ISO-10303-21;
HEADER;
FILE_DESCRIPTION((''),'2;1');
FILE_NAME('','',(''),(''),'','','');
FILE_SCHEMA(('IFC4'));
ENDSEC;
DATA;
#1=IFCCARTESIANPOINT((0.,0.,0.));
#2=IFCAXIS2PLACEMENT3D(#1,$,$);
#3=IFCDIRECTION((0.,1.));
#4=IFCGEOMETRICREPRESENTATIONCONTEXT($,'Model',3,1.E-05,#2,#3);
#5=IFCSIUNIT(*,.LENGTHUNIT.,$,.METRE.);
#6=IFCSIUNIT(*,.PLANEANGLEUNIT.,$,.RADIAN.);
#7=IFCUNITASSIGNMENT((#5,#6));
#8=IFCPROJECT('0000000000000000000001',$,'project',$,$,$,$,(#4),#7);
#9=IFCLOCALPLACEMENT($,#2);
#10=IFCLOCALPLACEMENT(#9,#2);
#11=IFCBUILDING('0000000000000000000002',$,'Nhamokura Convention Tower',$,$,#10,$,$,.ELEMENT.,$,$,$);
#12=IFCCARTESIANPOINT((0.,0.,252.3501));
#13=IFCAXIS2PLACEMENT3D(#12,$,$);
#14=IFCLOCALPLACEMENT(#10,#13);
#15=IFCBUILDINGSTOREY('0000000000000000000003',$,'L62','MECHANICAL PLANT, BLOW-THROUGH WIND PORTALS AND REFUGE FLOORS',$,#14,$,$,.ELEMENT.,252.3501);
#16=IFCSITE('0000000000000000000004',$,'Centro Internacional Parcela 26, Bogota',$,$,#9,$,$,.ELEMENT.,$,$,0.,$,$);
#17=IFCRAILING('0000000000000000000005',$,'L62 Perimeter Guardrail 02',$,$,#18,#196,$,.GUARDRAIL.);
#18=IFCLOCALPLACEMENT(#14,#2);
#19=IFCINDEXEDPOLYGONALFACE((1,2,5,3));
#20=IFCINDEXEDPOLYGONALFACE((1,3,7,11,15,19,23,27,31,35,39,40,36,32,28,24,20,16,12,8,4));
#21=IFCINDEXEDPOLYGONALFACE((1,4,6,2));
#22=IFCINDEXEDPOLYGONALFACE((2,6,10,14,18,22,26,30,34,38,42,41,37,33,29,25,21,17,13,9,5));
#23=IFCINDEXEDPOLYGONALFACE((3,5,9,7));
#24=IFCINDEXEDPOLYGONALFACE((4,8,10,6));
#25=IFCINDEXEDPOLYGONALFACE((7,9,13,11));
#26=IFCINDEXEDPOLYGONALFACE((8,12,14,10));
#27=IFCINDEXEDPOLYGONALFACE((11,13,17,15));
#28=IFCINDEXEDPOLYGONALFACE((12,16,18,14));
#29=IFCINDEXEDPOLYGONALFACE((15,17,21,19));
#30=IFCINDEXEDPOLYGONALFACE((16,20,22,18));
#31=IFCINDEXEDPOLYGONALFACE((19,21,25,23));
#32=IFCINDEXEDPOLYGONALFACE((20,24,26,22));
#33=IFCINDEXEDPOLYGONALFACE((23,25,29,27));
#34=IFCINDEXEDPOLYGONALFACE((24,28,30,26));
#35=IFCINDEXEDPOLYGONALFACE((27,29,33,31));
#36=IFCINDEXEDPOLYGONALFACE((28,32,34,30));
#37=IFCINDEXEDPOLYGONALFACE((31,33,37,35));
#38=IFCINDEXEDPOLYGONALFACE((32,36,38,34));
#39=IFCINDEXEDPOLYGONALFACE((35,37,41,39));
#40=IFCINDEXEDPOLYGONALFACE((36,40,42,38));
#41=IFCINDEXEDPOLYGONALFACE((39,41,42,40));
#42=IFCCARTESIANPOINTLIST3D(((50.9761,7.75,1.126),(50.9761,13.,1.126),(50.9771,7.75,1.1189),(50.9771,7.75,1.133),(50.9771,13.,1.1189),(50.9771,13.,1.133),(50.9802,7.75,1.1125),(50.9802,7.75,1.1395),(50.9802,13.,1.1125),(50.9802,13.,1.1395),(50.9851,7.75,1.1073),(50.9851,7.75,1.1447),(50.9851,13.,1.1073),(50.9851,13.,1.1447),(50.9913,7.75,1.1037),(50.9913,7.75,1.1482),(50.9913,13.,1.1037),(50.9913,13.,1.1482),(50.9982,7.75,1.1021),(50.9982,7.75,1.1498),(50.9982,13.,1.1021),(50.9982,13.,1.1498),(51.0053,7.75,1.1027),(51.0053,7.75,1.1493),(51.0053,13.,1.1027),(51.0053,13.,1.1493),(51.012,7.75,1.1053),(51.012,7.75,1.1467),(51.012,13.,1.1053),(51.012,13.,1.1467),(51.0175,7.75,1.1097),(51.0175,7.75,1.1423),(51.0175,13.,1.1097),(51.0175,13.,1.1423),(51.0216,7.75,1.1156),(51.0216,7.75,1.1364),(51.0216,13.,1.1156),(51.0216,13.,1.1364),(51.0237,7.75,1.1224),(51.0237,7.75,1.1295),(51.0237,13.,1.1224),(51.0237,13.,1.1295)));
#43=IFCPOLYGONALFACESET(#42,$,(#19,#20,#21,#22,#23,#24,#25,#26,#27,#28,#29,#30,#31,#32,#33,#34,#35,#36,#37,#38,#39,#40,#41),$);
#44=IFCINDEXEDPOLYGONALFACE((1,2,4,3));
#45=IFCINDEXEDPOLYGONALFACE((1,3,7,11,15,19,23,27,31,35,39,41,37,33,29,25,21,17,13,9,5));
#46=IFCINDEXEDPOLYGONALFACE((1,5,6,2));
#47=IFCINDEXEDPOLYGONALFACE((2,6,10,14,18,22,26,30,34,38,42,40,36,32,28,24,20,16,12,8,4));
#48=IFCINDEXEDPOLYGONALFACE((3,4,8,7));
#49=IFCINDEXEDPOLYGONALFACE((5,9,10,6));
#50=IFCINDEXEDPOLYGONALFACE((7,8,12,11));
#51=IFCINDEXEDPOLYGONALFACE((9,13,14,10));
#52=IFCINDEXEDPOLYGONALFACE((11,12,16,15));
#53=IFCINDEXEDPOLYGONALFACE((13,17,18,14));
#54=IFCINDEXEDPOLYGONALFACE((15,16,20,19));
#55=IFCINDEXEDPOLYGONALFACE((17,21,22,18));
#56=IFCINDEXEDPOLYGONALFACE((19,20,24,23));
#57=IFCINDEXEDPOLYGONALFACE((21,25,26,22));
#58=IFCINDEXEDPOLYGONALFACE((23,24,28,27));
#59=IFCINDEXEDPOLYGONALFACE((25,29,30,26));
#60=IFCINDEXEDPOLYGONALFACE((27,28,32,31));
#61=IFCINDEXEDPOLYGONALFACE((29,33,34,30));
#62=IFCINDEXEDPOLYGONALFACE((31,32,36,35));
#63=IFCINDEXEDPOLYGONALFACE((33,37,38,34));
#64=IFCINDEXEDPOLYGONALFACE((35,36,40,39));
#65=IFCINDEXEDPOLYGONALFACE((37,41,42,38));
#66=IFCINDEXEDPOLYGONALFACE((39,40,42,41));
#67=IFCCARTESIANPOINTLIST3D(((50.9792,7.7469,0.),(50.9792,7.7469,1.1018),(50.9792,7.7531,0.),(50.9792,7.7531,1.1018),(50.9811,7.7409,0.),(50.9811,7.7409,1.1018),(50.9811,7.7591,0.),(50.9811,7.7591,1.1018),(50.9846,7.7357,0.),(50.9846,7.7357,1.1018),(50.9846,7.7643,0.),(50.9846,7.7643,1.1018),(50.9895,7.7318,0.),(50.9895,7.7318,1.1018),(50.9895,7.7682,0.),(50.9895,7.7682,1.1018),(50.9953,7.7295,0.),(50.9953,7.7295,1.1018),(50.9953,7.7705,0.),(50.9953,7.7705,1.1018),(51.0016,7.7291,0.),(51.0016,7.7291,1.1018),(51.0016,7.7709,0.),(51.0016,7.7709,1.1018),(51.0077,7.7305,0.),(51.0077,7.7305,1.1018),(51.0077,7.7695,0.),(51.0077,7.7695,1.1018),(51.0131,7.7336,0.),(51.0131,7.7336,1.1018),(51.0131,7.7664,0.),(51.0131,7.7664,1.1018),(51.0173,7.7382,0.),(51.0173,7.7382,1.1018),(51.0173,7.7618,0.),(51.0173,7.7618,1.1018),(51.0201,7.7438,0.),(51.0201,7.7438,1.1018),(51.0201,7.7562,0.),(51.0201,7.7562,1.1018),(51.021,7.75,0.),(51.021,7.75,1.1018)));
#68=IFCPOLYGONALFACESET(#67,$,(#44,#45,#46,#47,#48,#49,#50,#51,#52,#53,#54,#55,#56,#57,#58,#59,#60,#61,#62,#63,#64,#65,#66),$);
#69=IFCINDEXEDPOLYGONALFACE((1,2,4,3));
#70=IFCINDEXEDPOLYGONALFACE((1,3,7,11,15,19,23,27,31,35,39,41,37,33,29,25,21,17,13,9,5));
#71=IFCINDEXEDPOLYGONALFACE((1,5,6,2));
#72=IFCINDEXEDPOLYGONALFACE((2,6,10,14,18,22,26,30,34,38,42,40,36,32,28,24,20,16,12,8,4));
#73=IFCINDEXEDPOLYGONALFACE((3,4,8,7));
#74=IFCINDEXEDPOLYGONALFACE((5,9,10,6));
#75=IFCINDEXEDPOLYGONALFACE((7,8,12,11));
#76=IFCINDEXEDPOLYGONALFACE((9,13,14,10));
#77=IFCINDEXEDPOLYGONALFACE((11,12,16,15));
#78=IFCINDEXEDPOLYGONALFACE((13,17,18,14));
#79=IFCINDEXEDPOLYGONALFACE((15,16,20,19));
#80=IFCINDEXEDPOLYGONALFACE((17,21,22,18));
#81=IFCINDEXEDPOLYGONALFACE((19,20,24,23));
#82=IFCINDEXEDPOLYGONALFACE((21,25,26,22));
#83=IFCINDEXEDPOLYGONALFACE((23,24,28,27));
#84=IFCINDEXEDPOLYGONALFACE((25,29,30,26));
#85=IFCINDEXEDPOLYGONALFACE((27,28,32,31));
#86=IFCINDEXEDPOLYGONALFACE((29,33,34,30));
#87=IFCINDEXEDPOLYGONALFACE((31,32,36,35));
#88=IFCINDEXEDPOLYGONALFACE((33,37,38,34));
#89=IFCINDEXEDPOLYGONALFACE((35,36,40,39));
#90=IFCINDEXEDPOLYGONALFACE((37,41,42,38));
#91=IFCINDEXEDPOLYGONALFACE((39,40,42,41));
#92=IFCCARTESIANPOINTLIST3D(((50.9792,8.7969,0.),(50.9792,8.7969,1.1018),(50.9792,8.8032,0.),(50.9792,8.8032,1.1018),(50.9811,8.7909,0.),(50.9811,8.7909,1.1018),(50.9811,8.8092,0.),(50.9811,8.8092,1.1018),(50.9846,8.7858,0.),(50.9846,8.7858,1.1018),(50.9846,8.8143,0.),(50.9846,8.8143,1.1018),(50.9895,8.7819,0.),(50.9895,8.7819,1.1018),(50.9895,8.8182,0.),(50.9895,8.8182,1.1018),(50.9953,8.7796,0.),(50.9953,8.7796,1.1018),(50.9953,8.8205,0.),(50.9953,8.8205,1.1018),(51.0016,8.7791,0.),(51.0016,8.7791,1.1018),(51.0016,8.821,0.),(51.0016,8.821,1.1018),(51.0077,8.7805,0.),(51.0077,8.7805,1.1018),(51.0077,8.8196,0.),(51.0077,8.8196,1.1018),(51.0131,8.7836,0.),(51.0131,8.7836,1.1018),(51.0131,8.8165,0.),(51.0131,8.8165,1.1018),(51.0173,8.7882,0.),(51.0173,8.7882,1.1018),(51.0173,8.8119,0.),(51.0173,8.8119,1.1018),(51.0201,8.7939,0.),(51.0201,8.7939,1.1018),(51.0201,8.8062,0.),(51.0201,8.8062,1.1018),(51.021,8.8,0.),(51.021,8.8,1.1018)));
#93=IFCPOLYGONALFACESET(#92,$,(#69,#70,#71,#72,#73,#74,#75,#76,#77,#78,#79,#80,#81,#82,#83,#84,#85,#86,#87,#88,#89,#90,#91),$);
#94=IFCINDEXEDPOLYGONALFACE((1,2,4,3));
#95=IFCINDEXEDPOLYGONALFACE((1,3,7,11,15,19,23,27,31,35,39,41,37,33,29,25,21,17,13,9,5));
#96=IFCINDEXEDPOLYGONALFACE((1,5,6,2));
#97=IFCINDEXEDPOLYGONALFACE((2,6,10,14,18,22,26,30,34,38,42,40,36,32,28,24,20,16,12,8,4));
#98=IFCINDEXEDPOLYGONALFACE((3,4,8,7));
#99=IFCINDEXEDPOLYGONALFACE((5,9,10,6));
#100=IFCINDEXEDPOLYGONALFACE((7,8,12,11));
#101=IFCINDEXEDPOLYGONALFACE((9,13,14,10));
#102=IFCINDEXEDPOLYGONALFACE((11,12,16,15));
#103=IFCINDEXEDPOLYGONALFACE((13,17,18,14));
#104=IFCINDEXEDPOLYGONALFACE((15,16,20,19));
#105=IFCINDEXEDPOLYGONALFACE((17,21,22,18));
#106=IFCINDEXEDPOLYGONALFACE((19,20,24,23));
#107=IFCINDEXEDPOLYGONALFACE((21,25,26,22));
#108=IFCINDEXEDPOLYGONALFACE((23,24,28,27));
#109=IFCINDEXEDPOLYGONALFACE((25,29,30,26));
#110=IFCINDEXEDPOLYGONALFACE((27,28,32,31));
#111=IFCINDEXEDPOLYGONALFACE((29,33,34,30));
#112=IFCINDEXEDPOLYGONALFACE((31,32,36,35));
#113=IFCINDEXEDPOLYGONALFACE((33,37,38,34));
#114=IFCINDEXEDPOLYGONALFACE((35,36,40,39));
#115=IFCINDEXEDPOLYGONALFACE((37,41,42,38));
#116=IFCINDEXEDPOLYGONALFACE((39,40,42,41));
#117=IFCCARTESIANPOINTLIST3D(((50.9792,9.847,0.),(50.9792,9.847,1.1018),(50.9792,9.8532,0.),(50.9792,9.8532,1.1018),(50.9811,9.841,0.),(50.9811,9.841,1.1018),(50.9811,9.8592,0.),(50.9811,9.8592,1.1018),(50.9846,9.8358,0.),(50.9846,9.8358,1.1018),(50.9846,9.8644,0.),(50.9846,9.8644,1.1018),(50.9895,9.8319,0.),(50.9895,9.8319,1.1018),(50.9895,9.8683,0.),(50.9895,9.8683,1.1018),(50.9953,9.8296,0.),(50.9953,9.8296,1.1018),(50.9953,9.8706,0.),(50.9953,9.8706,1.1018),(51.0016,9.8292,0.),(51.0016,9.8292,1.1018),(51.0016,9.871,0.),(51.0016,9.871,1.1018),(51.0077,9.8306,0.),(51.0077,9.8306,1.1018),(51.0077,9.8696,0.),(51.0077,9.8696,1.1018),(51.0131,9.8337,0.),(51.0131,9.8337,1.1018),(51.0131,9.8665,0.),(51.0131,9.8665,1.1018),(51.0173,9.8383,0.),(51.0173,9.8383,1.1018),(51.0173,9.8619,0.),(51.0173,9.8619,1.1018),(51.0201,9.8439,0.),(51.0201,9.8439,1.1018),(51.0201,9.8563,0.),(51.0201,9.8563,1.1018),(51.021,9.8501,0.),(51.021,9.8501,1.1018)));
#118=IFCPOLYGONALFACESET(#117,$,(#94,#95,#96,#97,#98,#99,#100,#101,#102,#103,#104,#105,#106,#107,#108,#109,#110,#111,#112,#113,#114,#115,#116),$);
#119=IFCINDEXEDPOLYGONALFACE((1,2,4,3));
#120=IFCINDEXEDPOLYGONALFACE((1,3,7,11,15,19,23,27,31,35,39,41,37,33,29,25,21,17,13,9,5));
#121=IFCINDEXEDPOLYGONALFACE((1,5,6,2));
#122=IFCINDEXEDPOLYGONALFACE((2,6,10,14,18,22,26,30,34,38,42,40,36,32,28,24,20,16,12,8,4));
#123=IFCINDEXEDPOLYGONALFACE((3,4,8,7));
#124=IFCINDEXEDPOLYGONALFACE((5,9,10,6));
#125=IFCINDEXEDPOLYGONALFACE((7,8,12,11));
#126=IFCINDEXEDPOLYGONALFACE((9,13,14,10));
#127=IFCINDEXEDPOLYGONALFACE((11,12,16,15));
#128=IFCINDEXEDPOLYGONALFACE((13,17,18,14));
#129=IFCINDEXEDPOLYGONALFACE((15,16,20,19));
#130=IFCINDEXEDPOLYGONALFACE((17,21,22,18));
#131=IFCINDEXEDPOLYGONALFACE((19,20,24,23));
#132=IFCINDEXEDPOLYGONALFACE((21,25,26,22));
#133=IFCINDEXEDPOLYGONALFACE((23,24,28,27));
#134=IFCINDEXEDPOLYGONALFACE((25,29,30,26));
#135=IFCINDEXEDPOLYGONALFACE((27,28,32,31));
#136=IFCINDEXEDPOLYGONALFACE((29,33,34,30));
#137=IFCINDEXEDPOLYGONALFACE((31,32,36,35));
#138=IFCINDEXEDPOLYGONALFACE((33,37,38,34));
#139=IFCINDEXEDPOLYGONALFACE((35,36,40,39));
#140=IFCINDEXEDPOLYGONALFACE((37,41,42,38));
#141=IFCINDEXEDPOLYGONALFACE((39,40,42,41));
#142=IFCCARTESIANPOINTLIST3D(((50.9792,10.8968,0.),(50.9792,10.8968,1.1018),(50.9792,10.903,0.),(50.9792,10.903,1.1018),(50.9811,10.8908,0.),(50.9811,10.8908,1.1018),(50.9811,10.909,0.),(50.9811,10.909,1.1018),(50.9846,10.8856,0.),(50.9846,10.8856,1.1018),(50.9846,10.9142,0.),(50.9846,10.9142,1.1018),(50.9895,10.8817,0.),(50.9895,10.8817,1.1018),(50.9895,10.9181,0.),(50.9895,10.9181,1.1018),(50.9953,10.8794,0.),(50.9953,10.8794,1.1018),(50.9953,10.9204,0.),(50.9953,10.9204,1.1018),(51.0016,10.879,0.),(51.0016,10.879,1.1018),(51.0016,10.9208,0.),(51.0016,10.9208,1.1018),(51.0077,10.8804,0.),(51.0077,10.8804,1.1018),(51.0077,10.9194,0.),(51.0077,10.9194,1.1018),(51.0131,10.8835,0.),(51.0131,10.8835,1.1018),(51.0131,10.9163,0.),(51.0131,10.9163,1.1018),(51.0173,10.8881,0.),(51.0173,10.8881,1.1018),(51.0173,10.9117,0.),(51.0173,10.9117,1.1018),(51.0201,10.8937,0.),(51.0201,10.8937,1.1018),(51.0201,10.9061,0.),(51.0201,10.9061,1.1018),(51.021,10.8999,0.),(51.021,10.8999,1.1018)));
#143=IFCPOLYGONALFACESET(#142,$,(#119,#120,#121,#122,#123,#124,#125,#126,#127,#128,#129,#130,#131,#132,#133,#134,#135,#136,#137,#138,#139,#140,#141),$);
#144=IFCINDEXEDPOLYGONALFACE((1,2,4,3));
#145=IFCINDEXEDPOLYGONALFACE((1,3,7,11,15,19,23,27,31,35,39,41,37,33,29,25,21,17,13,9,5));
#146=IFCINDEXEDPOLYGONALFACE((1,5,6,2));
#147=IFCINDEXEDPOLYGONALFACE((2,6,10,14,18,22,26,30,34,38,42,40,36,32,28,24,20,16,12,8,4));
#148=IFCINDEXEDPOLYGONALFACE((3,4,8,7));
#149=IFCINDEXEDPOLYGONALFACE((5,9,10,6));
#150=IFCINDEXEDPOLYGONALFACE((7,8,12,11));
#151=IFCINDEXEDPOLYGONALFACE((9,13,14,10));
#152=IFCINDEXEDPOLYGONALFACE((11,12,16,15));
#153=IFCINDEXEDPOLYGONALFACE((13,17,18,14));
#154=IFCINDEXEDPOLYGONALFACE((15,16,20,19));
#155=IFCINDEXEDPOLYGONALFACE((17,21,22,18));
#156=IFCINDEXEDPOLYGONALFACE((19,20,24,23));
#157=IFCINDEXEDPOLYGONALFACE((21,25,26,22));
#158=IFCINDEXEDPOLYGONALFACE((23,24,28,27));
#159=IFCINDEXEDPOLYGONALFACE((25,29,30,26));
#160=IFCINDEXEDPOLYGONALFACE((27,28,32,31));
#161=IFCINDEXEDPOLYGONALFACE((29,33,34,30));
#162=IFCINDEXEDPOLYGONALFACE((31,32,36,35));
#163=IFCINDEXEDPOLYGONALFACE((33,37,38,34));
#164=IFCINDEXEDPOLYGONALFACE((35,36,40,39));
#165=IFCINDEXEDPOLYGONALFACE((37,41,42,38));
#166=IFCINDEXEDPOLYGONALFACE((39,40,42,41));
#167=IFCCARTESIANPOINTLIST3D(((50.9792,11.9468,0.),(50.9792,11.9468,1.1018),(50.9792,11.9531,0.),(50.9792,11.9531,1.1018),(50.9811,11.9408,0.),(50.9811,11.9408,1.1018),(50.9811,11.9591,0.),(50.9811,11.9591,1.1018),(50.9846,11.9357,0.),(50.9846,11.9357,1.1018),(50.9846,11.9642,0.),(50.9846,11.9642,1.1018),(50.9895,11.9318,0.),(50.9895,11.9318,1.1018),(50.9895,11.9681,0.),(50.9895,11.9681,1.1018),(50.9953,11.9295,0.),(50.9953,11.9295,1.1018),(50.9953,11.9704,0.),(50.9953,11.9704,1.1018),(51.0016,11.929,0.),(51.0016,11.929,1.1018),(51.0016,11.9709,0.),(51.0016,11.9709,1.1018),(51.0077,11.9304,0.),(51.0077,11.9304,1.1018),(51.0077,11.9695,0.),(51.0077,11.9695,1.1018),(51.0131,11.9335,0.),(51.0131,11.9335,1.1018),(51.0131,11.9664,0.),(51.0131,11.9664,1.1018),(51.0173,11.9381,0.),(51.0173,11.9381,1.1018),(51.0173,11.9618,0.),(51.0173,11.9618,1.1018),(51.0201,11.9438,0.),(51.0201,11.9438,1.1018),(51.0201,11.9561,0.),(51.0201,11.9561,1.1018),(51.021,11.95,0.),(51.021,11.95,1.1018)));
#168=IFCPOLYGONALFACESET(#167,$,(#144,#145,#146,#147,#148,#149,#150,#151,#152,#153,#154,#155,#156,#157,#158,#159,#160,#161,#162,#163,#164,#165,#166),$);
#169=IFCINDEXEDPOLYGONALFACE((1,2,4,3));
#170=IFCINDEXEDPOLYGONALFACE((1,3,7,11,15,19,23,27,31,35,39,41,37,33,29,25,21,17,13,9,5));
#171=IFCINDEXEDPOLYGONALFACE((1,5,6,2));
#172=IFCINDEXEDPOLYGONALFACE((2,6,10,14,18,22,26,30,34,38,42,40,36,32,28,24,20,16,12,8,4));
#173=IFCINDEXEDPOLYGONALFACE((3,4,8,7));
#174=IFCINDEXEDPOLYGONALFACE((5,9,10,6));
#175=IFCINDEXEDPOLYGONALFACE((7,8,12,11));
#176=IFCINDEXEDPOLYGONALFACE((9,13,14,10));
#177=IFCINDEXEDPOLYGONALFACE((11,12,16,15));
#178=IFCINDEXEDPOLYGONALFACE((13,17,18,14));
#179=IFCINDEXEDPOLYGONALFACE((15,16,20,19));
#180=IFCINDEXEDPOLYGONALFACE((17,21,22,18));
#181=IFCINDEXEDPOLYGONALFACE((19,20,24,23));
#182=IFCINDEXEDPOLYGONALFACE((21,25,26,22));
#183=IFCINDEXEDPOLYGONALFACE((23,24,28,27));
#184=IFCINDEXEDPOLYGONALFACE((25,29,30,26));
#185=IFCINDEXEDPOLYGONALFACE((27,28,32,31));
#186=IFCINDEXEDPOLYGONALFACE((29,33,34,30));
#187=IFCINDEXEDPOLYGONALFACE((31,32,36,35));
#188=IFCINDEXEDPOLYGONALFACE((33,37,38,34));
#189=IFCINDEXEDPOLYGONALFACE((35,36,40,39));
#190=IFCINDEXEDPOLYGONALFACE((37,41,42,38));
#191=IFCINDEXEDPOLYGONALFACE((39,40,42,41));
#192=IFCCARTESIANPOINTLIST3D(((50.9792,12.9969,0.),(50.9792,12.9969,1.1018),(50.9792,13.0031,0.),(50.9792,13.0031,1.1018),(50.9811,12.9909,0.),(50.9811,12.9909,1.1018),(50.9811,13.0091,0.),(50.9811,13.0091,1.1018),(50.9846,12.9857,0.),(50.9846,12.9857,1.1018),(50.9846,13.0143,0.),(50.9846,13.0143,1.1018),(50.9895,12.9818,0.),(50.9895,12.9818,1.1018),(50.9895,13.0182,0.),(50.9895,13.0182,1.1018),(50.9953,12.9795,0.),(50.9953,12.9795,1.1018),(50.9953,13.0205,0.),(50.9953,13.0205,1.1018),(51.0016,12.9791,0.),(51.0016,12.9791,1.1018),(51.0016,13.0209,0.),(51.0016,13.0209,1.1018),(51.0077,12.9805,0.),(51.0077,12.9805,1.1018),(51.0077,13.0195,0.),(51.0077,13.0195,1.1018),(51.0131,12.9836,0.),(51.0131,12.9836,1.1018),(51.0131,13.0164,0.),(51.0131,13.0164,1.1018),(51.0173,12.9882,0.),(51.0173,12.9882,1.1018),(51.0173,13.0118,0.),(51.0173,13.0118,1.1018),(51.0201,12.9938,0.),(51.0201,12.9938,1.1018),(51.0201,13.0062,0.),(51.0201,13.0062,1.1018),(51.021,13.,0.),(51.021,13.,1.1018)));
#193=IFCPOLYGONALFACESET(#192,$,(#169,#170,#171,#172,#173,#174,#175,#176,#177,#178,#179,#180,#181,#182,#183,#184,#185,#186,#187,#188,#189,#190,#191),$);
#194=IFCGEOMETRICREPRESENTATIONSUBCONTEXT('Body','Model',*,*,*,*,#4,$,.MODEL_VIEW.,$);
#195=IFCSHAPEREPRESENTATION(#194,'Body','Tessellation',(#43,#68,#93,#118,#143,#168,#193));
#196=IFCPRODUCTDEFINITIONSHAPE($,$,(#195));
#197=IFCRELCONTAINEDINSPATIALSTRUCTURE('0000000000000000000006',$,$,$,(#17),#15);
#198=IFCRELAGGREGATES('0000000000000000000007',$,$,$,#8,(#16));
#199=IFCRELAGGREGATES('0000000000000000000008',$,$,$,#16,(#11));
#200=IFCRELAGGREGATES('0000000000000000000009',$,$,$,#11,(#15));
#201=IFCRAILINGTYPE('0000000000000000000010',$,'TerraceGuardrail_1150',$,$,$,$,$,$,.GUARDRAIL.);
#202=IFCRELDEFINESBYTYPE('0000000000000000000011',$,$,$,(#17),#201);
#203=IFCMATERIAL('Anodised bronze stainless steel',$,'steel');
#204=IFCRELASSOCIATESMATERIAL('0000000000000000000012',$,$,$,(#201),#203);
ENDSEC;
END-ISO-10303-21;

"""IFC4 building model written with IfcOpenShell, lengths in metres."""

from ifc_helpers import new_model, si_unit, direction, frame, origin, origin_2d, place, context, subcontext, project, spatial, circle, extrude, material, type_object, element, save


model = new_model("IFC4")

# Units and contexts
model_context = context("Model", 3, precision=1e-05, world=origin(), true_north=direction((0.0, 1.0)))
body_context = subcontext(model_context, "Body", "Model", "MODEL_VIEW")
ifc_project = project(units=[si_unit("LENGTHUNIT", "METRE"), si_unit("PLANEANGLEUNIT", "RADIAN")], contexts=[model_context])

# Site, building, storey
site_placement = place(None, origin())
site = spatial("IfcSite", under=ifc_project, at=site_placement, Name="Centro Internacional Parcela 26, Bogota", CompositionType="ELEMENT", RefElevation=0.0)
building_placement = place(site_placement, origin())
building = spatial("IfcBuilding", under=site, at=building_placement, Name="Nhamokura Convention Tower", CompositionType="ELEMENT")
storey_placement = place(building_placement, frame((0.0, 0.0, 252.3501)))
storey = spatial("IfcBuildingStorey", under=building, at=storey_placement, Name="L62", Description="MECHANICAL PLANT, BLOW-THROUGH WIND PORTALS AND REFUGE FLOORS", CompositionType="ELEMENT", Elevation=252.3501)

# Railing
ifc_material_1 = material(Name="Anodised bronze stainless steel", Category="steel")
railing_type = type_object("IfcRailingType", Name="TerraceGuardrail_1150", PredefinedType="GUARDRAIL", material=ifc_material_1)
railing_1_placement = place(storey_placement, frame((51.0, 7.75, 0.0)))
element("IfcRailing", 1, at=railing_1_placement, inside=storey, type_object=railing_type, Name="L62 Perimeter Guardrail 02", PredefinedType="GUARDRAIL", context=body_context, shape_type="SweptSolid", body=[
    extrude(circle(Radius=0.0239, at=origin_2d()), frame((0.0, 0.0, 1.126), z_axis=(0.0, 1.0, 0.0), x_axis=(-1.0, 0.0, 0.0)), (0.0, 0.0, 1.0), 5.25),
    extrude(circle(Radius=0.021, at=origin_2d()), origin(), (0.0, 0.0, 1.0), 1.1018),
    extrude(circle(Radius=0.021, at=origin_2d()), frame((0.0, 1.05, 0.0)), (0.0, 0.0, 1.0), 1.1018),
    extrude(circle(Radius=0.021, at=origin_2d()), frame((0.0, 2.1001, 0.0)), (0.0, 0.0, 1.0), 1.1018),
    extrude(circle(Radius=0.021, at=origin_2d()), frame((0.0, 3.1499, 0.0)), (0.0, 0.0, 1.0), 1.1018),
    extrude(circle(Radius=0.021, at=origin_2d()), frame((0.0, 4.2, 0.0)), (0.0, 0.0, 1.0), 1.1018),
    extrude(circle(Radius=0.021, at=origin_2d()), frame((0.0, 5.25, 0.0)), (0.0, 0.0, 1.0), 1.1018),
])

save(model, "model.ifc")
